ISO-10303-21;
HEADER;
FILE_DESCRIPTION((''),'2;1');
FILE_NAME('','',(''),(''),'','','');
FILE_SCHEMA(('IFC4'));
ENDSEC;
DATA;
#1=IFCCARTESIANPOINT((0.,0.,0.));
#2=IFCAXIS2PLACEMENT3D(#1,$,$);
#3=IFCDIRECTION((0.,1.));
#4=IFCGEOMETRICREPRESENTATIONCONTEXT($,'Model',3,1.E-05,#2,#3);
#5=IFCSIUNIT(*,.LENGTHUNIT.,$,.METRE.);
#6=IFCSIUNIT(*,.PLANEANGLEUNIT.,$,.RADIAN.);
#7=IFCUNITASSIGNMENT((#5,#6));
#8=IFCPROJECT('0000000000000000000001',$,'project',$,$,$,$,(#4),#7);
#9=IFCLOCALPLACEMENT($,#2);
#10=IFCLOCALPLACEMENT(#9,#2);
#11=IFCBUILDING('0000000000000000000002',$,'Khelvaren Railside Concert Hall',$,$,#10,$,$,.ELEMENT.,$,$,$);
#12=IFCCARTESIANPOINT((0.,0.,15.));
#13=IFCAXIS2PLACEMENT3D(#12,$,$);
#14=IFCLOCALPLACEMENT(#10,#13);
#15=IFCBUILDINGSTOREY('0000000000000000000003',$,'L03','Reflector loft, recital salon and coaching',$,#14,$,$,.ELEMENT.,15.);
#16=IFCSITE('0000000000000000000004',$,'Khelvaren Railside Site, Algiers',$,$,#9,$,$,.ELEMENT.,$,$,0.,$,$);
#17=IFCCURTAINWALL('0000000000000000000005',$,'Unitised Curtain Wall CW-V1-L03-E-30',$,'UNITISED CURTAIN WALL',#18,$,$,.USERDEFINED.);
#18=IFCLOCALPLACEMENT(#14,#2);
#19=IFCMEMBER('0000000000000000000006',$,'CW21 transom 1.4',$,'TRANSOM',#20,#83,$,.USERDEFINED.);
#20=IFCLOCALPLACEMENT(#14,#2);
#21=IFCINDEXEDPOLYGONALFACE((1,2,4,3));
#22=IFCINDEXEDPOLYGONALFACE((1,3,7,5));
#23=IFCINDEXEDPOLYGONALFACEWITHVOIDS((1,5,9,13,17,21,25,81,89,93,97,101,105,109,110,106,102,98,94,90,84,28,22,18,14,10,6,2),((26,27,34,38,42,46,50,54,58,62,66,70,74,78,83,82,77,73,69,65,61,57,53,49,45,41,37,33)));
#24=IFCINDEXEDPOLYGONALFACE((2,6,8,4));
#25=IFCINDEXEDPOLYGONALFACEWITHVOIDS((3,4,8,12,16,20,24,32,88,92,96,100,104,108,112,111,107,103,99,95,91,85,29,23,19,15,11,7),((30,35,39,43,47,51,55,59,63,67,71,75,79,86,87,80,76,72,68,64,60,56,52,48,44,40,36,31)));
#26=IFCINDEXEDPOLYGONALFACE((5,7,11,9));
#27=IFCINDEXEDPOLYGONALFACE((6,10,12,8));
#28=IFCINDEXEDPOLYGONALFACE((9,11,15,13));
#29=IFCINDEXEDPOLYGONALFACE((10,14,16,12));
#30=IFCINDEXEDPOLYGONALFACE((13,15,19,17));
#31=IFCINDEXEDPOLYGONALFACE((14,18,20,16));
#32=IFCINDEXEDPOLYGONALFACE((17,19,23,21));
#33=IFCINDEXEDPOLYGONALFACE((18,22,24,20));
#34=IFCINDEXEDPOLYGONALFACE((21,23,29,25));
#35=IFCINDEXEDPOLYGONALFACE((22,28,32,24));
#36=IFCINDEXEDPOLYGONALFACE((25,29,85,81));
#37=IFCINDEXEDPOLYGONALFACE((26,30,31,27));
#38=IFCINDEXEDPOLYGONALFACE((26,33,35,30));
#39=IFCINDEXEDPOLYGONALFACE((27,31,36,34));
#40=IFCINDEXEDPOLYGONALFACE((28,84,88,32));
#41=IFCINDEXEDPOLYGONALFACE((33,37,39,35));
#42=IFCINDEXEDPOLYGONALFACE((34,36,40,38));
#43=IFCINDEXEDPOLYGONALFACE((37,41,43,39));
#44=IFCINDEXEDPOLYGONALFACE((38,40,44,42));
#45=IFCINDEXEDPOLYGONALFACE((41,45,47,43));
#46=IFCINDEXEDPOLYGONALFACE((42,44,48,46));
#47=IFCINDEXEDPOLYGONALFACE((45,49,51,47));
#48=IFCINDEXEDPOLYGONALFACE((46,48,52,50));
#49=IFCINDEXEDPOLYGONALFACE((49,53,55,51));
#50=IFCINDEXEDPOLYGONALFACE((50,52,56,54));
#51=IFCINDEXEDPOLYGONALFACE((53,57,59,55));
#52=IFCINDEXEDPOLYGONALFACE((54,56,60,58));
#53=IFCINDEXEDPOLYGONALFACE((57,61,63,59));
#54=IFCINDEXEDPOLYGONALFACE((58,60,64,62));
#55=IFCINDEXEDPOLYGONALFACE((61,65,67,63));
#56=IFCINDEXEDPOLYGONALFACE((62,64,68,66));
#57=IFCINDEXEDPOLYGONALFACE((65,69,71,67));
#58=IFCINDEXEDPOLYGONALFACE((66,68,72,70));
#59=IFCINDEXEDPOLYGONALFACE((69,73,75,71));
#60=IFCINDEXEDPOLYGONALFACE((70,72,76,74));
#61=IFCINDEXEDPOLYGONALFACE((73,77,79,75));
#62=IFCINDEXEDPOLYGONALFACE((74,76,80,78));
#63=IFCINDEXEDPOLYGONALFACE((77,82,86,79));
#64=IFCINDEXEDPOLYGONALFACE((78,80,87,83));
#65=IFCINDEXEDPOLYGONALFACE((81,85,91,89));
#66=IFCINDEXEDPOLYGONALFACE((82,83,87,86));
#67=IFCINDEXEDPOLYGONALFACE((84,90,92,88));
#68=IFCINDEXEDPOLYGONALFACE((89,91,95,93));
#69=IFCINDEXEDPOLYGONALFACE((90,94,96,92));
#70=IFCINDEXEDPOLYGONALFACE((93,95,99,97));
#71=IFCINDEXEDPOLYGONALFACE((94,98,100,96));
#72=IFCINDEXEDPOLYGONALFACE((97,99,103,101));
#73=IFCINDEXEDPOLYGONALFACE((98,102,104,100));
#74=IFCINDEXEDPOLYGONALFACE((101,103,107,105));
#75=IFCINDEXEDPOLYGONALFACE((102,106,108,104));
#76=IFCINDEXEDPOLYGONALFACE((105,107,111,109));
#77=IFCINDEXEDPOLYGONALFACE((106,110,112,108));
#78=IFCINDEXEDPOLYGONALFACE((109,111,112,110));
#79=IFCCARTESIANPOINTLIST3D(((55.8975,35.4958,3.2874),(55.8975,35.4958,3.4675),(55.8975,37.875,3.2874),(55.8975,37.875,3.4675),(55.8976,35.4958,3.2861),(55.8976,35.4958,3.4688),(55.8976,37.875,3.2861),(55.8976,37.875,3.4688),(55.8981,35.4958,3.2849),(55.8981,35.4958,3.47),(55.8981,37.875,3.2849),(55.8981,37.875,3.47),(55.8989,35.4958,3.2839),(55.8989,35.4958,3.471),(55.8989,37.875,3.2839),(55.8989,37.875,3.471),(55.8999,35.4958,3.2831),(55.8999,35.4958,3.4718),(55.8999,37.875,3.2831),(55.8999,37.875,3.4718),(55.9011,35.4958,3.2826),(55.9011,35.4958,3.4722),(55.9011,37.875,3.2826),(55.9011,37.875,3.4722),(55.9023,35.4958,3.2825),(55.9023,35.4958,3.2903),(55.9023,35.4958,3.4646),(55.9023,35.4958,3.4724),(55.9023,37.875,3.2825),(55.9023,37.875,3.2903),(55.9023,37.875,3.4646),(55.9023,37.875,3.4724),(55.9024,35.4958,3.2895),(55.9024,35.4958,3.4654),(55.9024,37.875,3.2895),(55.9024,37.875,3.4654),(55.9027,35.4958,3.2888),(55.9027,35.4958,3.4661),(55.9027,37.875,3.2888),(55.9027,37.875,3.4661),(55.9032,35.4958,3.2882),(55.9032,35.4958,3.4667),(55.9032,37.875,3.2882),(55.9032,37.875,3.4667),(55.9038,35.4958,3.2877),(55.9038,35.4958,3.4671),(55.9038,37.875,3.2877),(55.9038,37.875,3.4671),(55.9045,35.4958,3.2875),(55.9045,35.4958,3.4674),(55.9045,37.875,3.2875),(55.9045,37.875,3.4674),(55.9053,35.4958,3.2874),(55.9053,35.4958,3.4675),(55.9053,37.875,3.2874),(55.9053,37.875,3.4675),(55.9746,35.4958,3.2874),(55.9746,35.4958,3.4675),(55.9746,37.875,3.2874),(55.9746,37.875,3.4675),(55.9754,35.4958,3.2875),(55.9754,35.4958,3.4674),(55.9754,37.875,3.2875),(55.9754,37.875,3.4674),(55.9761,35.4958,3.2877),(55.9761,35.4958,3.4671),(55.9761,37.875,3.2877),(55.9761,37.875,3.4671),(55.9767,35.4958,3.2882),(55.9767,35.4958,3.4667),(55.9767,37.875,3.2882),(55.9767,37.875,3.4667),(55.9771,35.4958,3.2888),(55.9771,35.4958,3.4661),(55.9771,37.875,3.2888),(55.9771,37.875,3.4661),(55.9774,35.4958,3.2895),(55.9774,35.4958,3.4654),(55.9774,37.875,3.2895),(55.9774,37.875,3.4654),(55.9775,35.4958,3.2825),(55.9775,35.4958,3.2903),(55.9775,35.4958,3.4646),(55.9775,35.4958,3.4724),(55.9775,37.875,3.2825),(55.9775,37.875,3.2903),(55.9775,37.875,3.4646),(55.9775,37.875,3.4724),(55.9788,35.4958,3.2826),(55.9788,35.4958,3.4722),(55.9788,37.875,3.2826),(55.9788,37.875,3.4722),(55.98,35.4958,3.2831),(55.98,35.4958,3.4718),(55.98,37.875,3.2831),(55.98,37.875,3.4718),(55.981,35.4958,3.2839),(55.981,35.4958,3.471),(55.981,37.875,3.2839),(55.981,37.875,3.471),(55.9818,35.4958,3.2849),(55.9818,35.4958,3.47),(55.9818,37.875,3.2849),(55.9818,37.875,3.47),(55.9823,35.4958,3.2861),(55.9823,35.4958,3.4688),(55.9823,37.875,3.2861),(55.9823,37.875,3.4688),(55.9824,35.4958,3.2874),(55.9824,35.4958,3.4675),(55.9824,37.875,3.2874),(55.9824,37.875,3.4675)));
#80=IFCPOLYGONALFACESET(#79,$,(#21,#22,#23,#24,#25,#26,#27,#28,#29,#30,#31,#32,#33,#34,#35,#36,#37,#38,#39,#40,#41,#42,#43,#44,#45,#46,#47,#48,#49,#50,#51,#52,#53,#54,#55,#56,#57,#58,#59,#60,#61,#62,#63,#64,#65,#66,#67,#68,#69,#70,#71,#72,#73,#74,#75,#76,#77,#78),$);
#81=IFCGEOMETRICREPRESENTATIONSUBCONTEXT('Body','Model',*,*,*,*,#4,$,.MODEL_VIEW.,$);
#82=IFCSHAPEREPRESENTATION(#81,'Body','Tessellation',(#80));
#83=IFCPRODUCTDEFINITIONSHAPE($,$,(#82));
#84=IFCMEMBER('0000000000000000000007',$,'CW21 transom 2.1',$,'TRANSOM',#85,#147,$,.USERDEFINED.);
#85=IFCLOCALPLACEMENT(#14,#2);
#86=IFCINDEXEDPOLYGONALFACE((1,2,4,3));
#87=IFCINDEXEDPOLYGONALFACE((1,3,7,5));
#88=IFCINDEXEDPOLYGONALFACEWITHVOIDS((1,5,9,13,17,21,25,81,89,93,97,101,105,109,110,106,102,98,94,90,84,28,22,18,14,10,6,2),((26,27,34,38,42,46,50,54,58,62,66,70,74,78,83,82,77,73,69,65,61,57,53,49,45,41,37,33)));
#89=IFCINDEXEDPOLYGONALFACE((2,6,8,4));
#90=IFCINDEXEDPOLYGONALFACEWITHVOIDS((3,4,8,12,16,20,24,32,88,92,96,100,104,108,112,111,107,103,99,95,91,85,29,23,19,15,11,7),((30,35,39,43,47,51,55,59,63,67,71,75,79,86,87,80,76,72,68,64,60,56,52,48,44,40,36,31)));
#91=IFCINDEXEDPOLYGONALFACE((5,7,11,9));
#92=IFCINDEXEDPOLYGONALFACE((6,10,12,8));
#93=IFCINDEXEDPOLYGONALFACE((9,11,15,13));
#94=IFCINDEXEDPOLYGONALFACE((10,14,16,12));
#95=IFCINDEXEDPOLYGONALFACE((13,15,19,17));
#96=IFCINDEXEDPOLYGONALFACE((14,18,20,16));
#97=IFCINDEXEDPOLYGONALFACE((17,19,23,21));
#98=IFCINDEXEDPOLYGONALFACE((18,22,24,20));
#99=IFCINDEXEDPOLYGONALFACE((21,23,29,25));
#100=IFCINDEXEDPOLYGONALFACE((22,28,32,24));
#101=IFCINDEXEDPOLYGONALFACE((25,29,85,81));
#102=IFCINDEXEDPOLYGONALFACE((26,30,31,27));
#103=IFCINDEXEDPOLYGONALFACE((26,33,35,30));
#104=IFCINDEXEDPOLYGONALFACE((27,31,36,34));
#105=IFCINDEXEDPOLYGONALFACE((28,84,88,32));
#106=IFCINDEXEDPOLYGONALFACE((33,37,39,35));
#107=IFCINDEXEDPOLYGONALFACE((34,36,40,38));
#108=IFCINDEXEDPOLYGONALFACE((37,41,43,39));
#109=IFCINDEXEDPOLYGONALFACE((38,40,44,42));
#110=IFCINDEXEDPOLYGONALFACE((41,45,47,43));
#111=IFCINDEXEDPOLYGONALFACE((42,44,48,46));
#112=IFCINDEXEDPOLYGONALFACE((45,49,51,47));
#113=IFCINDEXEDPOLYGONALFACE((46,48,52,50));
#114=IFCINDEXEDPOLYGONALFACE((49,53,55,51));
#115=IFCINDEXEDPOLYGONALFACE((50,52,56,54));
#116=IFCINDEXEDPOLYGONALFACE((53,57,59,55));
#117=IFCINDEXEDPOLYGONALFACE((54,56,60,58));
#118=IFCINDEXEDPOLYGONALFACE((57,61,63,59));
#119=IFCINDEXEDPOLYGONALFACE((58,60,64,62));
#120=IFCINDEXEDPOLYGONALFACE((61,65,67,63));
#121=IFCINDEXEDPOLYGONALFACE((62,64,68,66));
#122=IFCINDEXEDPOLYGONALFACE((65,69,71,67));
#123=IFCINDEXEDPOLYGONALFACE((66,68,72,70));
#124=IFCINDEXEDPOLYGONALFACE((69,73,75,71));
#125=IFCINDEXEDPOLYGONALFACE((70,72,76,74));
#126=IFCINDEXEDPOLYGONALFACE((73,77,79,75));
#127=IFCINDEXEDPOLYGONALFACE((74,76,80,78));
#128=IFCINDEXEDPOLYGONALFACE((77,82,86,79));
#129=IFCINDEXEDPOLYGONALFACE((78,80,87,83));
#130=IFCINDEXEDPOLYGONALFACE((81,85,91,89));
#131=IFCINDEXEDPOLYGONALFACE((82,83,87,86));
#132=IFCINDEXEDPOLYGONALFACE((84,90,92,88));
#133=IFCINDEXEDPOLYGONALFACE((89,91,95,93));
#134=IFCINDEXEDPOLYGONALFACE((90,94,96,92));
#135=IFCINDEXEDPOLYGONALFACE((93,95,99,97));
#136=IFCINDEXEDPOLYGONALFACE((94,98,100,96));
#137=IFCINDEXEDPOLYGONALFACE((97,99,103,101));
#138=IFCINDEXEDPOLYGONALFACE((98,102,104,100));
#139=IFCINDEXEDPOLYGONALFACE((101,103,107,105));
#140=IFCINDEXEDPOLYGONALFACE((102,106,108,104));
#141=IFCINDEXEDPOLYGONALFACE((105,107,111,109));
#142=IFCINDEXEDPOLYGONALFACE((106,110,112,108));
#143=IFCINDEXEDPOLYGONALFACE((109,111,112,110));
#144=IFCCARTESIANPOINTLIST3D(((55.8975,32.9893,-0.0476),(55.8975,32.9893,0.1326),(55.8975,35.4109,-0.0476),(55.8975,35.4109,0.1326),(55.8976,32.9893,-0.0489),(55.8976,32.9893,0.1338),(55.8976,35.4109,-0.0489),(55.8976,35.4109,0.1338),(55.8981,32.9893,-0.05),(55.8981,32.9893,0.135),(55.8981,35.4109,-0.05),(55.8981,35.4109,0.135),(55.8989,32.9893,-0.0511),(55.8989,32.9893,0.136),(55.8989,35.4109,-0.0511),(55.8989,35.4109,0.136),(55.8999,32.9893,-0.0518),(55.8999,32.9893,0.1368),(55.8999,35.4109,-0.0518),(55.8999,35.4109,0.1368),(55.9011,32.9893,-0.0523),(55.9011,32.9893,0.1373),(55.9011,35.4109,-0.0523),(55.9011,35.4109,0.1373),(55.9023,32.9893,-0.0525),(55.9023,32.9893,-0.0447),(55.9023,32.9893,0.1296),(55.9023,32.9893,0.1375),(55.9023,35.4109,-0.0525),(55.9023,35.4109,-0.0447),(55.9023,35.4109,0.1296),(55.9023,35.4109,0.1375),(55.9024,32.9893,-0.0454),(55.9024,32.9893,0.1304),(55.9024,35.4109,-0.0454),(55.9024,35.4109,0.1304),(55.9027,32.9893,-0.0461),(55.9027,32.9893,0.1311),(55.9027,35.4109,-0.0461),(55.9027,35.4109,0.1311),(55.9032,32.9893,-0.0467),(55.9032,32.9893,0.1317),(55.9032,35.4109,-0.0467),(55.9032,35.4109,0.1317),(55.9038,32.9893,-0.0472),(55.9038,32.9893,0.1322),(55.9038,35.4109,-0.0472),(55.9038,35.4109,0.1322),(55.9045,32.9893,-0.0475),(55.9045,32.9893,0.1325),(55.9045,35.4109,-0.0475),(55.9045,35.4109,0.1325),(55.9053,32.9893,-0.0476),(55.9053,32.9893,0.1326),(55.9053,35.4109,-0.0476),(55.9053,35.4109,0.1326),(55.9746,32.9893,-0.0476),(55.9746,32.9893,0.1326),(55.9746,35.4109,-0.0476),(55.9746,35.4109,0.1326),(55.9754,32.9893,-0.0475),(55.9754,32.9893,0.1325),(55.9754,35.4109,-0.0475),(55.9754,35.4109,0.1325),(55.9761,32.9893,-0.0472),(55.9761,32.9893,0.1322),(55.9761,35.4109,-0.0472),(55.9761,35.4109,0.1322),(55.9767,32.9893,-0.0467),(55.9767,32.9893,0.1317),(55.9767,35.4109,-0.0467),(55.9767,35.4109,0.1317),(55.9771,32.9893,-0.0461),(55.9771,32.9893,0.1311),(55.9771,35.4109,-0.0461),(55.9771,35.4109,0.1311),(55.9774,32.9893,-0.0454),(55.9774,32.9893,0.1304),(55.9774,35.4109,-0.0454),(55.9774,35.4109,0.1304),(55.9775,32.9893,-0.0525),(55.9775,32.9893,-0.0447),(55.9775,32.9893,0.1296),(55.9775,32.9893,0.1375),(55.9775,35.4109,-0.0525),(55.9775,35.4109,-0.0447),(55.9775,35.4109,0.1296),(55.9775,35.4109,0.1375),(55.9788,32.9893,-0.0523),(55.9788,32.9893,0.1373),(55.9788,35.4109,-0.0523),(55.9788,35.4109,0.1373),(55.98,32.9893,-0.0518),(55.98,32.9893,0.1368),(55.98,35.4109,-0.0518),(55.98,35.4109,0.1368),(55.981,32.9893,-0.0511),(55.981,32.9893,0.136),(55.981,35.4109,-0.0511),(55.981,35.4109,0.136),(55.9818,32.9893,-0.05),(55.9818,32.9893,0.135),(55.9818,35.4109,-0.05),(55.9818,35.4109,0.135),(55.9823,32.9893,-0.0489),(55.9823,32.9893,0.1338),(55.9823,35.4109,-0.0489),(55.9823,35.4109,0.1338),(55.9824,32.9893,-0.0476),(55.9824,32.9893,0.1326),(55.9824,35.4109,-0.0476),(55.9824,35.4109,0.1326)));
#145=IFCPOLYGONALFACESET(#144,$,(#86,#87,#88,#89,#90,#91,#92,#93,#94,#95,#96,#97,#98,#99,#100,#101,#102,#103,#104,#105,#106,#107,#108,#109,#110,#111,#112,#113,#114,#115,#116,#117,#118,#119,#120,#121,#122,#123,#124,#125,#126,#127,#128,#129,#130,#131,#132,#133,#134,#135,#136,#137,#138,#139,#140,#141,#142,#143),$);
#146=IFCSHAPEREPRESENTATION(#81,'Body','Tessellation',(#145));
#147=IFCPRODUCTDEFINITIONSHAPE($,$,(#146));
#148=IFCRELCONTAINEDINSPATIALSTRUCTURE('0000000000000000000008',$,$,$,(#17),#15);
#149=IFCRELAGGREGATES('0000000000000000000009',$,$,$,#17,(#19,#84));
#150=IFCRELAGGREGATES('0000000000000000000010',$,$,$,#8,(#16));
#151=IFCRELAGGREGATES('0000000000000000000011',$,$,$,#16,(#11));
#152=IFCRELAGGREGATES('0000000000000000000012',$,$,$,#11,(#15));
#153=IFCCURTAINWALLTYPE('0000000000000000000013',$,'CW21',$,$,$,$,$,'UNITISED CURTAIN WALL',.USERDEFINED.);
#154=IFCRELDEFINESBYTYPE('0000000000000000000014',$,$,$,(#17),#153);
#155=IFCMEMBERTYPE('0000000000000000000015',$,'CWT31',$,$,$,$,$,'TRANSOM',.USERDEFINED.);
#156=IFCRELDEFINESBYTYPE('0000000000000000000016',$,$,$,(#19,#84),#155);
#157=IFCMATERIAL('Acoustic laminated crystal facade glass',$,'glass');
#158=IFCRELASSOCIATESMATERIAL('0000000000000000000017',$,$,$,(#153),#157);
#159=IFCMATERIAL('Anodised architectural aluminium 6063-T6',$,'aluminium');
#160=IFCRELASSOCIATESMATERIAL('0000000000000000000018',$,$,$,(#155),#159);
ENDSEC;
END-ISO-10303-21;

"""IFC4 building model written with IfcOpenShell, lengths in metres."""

from ifc_helpers import new_model, si_unit, direction, frame, origin, origin_2d, place, context, subcontext, project, spatial, hollow_rectangle, extrude, material, material_profile, profile_set, type_object, element, aggregate, save


model = new_model("IFC4")

# Units and contexts
model_context = context("Model", 3, precision=1e-05, world=origin(), true_north=direction((0.0, 1.0)))
body_context = subcontext(model_context, "Body", "Model", "MODEL_VIEW")
ifc_project = project(units=[si_unit("LENGTHUNIT", "METRE"), si_unit("PLANEANGLEUNIT", "RADIAN")], contexts=[model_context])

# Site, building, storey
site_placement = place(None, origin())
site = spatial("IfcSite", under=ifc_project, at=site_placement, Name="Khelvaren Railside Site, Algiers", CompositionType="ELEMENT", RefElevation=0.0)
building_placement = place(site_placement, origin())
building = spatial("IfcBuilding", under=site, at=building_placement, Name="Khelvaren Railside Concert Hall", CompositionType="ELEMENT")
storey_placement = place(building_placement, frame((0.0, 0.0, 15.0)))
storey = spatial("IfcBuildingStorey", under=building, at=storey_placement, Name="L03", Description="Reflector loft, recital salon and coaching", CompositionType="ELEMENT", Elevation=15.0)

# Curtain wall
ifc_material_1 = material(Name="Acoustic laminated crystal facade glass", Category="glass")
curtain_wall_type_1 = type_object("IfcCurtainWallType", Name="CW21", ElementType="UNITISED CURTAIN WALL", PredefinedType="USERDEFINED", material=ifc_material_1)
curtain_wall_1_placement = place(storey_placement, origin())
curtain_wall_1 = element("IfcCurtainWall", 1, at=curtain_wall_1_placement, inside=storey, type_object=curtain_wall_type_1, Name="Unitised Curtain Wall CW-V1-L03-E-30", ObjectType="UNITISED CURTAIN WALL", PredefinedType="USERDEFINED")
ifc_material_2 = material(Name="Anodised architectural aluminium 6063-T6", Category="aluminium")

# Members
ifc_material_profile_1 = material_profile(ifc_material_2, hollow_rectangle(XDim=0.085, YDim=0.1899, WallThickness=0.0049, InnerFilletRadius=0.0029, OuterFilletRadius=0.0049, at=origin_2d()), Name="CWT 85x190x5")
ifc_profile_set_1 = profile_set([ifc_material_profile_1], Name="Anodised architectural aluminium 6063-T6")
member_type_1 = type_object("IfcMemberType", Name="CWT31", ElementType="TRANSOM", PredefinedType="USERDEFINED", material=ifc_profile_set_1)
member_1_placement = place(storey_placement, frame((55.9399, 37.875, 3.3774), z_axis=(0.0, -1.0, 0.0), x_axis=(1.0, 0.0, 0.0)))
member_1 = element("IfcMember", 2, at=member_1_placement, type_object=member_type_1, Name="CW21 transom 1.4", ObjectType="TRANSOM", PredefinedType="USERDEFINED", context=body_context, shape_type="SweptSolid", body=[
    extrude(hollow_rectangle(XDim=0.085, YDim=0.1899, WallThickness=0.0049, InnerFilletRadius=0.0029, OuterFilletRadius=0.0049, at=origin_2d()), origin(), (0.0, 0.0, 1.0), 2.3792),
])
member_2_placement = place(storey_placement, frame((55.9399, 35.4109, 0.0425), z_axis=(0.0, -1.0, 0.0), x_axis=(1.0, 0.0, 0.0)))
member_2 = element("IfcMember", 3, at=member_2_placement, type_object=member_type_1, Name="CW21 transom 2.1", ObjectType="TRANSOM", PredefinedType="USERDEFINED", context=body_context, shape_type="SweptSolid", body=[
    extrude(hollow_rectangle(XDim=0.085, YDim=0.1899, WallThickness=0.0049, InnerFilletRadius=0.0029, OuterFilletRadius=0.0049, at=origin_2d()), origin(), (0.0, 0.0, 1.0), 2.4216),
])

aggregate(curtain_wall_1, [member_1, member_2])

save(model, "model.ifc")
